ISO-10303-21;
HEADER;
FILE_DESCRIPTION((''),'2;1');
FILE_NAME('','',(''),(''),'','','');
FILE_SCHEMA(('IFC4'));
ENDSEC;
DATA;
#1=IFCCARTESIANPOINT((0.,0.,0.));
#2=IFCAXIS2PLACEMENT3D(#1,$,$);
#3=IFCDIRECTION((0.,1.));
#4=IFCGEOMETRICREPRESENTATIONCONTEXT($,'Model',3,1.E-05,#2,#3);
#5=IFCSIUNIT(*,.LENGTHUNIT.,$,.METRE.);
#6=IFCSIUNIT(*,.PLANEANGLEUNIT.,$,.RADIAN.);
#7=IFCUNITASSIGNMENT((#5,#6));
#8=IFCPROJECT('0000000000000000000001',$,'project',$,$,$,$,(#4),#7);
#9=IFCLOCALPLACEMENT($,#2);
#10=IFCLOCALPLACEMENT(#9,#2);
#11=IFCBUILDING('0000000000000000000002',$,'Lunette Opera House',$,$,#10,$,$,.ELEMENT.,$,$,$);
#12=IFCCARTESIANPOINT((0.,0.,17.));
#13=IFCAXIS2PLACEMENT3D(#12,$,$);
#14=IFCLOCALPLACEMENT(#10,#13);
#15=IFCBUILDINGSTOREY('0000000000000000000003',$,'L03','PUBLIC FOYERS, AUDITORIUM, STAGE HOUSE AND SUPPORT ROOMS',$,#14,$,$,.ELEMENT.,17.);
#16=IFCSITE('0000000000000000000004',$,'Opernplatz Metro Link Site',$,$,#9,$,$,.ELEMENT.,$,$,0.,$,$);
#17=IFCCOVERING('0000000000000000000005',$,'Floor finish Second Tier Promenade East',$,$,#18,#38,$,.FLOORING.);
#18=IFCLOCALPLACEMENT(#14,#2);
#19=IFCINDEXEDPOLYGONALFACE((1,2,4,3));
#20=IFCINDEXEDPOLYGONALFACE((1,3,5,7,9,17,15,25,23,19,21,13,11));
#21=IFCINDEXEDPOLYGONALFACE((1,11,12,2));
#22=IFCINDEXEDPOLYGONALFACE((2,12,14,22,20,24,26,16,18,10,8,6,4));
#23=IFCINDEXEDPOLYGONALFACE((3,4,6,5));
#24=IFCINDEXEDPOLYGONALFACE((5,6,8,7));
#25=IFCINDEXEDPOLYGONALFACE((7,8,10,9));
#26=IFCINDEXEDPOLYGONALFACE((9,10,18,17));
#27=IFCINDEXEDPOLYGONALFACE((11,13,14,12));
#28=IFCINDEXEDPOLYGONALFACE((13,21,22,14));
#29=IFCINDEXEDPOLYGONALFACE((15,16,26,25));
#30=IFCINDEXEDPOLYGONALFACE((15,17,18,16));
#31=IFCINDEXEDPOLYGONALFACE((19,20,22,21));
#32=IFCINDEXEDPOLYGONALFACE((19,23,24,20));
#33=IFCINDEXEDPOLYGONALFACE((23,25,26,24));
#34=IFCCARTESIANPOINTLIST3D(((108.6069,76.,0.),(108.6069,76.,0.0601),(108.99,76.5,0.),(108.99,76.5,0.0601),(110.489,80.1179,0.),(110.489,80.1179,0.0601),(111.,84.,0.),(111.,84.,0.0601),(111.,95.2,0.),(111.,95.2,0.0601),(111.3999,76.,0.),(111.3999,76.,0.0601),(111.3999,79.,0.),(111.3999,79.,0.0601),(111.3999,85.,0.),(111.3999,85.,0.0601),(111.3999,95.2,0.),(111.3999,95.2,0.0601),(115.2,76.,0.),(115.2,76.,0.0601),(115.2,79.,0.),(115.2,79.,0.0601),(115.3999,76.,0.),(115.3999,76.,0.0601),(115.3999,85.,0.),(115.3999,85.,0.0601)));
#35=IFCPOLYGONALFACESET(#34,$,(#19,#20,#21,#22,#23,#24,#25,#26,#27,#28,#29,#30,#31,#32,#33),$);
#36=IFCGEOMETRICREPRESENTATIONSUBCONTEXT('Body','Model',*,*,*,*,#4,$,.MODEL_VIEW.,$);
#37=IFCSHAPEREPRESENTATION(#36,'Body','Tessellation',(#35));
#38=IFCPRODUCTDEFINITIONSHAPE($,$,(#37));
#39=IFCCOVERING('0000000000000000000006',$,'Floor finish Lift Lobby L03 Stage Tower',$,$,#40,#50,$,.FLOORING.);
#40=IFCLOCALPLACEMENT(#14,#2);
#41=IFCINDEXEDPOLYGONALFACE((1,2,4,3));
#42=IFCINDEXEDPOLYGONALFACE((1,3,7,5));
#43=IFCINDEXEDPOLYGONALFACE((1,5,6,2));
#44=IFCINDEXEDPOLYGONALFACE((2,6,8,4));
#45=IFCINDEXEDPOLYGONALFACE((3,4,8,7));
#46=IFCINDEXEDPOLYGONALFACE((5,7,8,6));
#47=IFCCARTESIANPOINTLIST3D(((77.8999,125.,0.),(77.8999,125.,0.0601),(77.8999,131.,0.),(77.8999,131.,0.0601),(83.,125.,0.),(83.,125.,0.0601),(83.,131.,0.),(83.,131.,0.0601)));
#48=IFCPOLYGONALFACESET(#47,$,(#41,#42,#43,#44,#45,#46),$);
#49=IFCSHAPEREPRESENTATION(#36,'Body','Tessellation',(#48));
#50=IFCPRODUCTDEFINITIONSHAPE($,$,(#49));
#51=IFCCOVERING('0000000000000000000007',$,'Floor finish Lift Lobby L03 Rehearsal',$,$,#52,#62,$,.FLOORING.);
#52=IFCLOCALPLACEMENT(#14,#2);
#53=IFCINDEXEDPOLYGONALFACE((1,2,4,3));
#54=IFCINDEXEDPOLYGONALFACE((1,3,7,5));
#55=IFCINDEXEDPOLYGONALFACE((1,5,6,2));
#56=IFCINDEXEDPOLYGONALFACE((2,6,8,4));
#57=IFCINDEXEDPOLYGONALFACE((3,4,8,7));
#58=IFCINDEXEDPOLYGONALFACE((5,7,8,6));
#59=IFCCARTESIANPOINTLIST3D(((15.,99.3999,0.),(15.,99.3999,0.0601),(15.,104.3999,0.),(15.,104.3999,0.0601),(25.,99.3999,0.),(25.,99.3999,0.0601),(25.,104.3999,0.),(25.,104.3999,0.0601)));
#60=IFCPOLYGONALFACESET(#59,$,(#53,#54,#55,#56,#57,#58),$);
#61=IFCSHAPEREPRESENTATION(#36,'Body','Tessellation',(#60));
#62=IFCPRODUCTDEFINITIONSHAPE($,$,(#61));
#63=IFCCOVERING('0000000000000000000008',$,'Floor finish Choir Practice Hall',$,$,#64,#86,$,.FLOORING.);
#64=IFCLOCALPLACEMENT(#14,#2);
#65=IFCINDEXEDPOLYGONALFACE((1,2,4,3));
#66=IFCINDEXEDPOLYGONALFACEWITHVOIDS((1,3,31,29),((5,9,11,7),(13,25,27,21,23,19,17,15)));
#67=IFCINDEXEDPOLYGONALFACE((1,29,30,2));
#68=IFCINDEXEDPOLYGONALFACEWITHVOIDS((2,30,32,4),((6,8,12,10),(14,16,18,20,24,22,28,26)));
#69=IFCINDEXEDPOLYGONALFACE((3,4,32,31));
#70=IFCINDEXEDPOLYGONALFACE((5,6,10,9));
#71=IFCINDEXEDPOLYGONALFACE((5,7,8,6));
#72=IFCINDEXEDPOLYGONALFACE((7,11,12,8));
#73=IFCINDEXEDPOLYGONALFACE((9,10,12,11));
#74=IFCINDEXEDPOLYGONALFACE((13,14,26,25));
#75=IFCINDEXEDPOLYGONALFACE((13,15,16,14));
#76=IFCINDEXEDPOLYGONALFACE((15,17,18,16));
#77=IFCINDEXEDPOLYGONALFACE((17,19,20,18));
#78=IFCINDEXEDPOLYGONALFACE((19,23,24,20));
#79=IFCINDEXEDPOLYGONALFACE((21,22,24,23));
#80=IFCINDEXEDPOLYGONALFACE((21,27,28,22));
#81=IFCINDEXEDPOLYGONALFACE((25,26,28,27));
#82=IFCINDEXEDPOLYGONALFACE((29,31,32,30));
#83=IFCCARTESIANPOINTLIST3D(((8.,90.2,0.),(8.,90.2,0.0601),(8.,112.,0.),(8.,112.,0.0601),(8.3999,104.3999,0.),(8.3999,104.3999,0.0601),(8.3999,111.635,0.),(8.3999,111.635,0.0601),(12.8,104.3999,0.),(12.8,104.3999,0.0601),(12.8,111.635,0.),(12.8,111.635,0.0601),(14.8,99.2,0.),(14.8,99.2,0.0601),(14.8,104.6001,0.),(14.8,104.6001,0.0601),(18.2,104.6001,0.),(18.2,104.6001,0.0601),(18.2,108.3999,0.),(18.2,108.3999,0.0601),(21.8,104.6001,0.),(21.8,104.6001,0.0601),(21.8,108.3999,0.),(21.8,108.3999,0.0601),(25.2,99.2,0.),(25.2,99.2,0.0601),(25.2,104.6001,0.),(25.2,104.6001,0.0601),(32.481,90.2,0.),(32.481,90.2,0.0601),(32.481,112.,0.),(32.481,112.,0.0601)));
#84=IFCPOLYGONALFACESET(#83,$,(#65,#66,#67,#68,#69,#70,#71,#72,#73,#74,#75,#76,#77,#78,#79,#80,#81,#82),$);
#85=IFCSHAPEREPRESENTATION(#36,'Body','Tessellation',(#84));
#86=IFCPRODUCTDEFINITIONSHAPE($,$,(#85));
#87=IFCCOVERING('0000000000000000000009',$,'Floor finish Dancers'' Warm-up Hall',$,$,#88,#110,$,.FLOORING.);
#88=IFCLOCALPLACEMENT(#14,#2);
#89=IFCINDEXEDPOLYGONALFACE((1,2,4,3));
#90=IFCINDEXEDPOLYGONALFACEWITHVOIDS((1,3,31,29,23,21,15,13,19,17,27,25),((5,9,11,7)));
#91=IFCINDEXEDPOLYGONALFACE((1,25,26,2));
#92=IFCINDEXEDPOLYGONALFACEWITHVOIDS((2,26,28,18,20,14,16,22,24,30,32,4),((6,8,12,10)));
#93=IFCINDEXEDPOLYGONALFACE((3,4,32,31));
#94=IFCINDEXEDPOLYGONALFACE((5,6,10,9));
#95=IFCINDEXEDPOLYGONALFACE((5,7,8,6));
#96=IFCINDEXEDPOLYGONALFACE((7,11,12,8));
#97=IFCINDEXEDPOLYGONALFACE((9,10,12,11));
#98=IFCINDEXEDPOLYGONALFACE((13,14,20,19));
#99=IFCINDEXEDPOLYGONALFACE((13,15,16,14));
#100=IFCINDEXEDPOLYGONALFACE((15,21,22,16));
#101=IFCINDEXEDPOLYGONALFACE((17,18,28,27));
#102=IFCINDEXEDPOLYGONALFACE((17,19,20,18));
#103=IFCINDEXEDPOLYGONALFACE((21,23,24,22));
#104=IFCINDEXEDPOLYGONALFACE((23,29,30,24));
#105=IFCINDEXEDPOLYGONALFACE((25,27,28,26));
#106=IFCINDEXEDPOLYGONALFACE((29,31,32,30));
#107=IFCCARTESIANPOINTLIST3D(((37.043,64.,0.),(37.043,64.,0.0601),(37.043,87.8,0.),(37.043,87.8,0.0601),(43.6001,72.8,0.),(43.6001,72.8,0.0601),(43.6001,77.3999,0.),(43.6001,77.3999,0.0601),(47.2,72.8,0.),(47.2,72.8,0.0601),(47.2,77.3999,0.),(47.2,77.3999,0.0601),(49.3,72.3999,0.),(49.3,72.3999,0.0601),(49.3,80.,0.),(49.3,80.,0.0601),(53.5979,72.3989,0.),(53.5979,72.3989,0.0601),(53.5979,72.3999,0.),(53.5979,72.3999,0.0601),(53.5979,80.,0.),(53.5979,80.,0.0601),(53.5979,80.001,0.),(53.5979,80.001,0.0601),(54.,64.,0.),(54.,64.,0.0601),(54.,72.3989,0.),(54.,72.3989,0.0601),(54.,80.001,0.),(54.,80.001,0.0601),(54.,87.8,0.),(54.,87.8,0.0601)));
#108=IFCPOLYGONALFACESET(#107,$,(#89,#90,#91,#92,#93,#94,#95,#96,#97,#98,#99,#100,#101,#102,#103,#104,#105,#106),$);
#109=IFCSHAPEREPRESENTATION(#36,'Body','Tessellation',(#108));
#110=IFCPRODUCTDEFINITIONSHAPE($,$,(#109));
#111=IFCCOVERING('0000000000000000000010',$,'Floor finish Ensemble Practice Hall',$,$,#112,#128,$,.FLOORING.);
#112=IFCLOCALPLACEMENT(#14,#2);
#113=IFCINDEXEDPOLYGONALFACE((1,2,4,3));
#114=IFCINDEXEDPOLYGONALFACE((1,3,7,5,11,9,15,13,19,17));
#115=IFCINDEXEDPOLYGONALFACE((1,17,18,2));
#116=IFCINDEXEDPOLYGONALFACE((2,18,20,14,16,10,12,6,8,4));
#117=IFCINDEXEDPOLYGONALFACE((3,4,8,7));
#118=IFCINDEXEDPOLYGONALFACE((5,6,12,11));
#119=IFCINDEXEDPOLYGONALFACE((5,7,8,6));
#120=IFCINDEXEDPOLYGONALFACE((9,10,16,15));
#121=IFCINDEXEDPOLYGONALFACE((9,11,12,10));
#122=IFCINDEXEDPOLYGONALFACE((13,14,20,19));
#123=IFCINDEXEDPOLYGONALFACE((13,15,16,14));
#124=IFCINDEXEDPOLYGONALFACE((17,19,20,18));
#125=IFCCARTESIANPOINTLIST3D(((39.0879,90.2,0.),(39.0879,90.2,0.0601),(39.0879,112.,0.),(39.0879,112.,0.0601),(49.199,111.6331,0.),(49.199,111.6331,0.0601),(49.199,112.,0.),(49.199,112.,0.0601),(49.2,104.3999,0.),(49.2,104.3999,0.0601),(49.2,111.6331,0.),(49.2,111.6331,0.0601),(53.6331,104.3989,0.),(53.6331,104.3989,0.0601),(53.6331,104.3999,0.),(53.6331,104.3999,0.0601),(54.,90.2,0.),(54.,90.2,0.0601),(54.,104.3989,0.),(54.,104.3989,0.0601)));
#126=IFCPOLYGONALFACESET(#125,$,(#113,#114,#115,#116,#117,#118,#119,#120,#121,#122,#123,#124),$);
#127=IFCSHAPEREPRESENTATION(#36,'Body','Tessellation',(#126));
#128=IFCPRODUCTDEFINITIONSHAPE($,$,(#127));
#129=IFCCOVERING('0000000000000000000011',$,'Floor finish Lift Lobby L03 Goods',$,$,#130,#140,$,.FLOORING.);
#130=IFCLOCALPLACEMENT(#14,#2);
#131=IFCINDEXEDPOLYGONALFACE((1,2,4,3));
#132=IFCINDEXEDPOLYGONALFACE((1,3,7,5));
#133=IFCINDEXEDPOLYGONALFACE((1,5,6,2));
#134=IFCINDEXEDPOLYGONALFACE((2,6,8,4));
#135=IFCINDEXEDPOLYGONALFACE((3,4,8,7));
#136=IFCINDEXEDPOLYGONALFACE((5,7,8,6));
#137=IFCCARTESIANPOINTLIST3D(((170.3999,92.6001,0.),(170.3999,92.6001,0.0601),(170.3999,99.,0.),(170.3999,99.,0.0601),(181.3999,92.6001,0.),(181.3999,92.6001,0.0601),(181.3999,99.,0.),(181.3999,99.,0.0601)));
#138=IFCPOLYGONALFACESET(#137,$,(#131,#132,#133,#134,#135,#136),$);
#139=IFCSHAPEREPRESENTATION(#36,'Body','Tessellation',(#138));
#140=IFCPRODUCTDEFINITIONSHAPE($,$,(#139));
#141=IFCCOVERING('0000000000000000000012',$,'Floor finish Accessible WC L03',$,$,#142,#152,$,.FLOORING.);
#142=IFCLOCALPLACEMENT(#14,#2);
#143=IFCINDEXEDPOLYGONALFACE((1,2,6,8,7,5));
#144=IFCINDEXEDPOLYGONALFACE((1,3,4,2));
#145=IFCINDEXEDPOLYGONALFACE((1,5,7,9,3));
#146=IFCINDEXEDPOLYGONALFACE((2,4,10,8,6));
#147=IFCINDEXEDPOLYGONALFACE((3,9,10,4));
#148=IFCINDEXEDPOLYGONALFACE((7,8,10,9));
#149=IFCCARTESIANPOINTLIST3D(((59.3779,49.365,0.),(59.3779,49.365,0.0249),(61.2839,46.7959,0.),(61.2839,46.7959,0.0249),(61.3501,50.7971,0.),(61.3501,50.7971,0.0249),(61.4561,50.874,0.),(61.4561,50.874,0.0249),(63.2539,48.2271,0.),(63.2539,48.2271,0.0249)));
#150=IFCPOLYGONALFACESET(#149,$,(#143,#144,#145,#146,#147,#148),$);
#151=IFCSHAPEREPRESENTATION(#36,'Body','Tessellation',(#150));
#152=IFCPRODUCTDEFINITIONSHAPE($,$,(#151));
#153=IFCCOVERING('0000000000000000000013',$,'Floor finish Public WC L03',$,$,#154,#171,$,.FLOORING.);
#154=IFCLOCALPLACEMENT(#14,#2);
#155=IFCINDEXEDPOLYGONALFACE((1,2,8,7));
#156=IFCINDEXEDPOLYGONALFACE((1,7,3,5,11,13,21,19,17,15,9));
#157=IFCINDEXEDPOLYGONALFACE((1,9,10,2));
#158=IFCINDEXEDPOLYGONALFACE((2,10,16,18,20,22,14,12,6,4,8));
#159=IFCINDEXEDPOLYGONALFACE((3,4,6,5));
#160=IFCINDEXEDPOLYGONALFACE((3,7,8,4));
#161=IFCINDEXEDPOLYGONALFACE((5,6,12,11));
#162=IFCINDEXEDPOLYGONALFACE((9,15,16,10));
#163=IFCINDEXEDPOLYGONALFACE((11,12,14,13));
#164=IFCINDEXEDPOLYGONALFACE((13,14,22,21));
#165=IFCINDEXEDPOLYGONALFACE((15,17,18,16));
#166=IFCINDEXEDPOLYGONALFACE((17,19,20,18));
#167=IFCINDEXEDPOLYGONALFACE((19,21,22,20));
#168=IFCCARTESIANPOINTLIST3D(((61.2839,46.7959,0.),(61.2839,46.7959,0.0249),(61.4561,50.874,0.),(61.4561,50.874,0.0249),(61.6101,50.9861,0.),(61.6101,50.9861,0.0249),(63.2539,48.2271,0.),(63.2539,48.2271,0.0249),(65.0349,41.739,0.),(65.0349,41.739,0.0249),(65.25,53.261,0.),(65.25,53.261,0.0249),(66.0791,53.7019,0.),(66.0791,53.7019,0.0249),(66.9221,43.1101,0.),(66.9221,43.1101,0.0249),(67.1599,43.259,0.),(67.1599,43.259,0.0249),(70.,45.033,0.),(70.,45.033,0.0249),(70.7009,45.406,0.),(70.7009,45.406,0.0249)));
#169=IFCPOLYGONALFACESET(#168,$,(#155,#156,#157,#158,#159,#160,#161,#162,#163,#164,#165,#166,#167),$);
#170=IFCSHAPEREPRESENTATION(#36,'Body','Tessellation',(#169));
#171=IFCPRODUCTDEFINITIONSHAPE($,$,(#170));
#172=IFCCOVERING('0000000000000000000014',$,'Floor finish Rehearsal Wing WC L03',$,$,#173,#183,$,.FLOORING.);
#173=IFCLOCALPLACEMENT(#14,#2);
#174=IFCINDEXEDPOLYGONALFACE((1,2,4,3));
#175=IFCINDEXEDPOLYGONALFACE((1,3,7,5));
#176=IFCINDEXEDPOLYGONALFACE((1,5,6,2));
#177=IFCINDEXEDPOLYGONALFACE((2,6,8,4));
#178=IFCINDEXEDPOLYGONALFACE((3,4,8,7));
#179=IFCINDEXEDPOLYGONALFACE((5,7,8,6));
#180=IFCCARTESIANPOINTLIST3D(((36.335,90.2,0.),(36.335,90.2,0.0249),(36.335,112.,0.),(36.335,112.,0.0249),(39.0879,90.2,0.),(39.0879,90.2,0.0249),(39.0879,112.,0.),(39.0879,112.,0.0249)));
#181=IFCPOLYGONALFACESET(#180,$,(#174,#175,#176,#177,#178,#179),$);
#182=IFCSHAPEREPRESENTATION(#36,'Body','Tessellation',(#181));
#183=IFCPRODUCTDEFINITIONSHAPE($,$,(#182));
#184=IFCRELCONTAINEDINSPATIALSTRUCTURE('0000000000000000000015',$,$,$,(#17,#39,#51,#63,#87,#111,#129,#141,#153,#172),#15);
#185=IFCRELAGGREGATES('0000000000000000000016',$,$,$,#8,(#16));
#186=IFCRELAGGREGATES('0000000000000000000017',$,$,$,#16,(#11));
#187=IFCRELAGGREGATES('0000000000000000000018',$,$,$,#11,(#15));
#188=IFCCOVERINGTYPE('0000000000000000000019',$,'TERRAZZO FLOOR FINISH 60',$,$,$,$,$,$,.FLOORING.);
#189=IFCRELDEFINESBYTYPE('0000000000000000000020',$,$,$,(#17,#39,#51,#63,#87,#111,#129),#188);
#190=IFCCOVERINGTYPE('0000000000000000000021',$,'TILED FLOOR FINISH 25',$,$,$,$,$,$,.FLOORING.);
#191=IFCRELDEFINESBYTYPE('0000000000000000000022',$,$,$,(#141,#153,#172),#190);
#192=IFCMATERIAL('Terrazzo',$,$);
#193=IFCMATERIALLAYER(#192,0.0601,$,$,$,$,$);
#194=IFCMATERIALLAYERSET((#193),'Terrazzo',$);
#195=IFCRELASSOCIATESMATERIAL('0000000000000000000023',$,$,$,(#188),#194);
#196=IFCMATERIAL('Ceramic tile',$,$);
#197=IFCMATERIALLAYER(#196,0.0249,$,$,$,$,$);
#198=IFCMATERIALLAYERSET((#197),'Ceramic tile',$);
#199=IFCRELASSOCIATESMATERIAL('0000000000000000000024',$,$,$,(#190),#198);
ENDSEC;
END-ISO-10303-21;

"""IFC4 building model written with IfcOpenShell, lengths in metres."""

from ifc_helpers import new_model, si_unit, direction, frame, origin, place, context, subcontext, project, spatial, polyline, outline, extrude, material, layer, layer_set, type_object, element, save


model = new_model("IFC4")

# Units and contexts
model_context = context("Model", 3, precision=1e-05, world=origin(), true_north=direction((0.0, 1.0)))
body_context = subcontext(model_context, "Body", "Model", "MODEL_VIEW")
ifc_project = project(units=[si_unit("LENGTHUNIT", "METRE"), si_unit("PLANEANGLEUNIT", "RADIAN")], contexts=[model_context])

# Site, building, storey
site_placement = place(None, origin())
site = spatial("IfcSite", under=ifc_project, at=site_placement, Name="Opernplatz Metro Link Site", CompositionType="ELEMENT", RefElevation=0.0)
building_placement = place(site_placement, origin())
building = spatial("IfcBuilding", under=site, at=building_placement, Name="Lunette Opera House", CompositionType="ELEMENT")
storey_placement = place(building_placement, frame((0.0, 0.0, 17.0)))
storey = spatial("IfcBuildingStorey", under=building, at=storey_placement, Name="L03", Description="PUBLIC FOYERS, AUDITORIUM, STAGE HOUSE AND SUPPORT ROOMS", CompositionType="ELEMENT", Elevation=17.0)

# Coverings
ifc_material_1 = material(Name="Terrazzo")
ifc_layer_1 = layer(ifc_material_1, 0.0601)
ifc_layer_set_1 = layer_set([ifc_layer_1], Name="Terrazzo")
covering_type_1 = type_object("IfcCoveringType", Name="TERRAZZO FLOOR FINISH 60", PredefinedType="FLOORING", material=ifc_layer_set_1)
covering_1_placement = place(storey_placement, origin())
element("IfcCovering", 1, at=covering_1_placement, inside=storey, type_object=covering_type_1, Name="Floor finish Second Tier Promenade East", PredefinedType="FLOORING", context=body_context, shape_type="SweptSolid", body=[
    extrude(outline(polyline([(110.489, 80.1179), (111.0, 84.0), (111.0, 95.2), (111.3999, 95.2), (111.3999, 85.0), (115.3999, 85.0), (115.3999, 76.0), (115.2, 76.0), (115.2, 79.0), (111.3999, 79.0), (111.3999, 76.0), (108.6069, 76.0), (108.99, 76.5), (110.489, 80.1179)])), origin(), (0.0, 0.0, 1.0), 0.0601),
])
covering_2_placement = place(storey_placement, origin())
element("IfcCovering", 2, at=covering_2_placement, inside=storey, type_object=covering_type_1, Name="Floor finish Lift Lobby L03 Stage Tower", PredefinedType="FLOORING", context=body_context, shape_type="SweptSolid", body=[
    extrude(outline(polyline([(83.0, 125.0), (83.0, 131.0), (77.8999, 131.0), (77.8999, 125.0), (83.0, 125.0)])), origin(), (0.0, 0.0, 1.0), 0.0601),
])
covering_3_placement = place(storey_placement, origin())
element("IfcCovering", 3, at=covering_3_placement, inside=storey, type_object=covering_type_1, Name="Floor finish Lift Lobby L03 Rehearsal", PredefinedType="FLOORING", context=body_context, shape_type="SweptSolid", body=[
    extrude(outline(polyline([(25.0, 99.3999), (25.0, 104.3999), (15.0, 104.3999), (15.0, 99.3999), (25.0, 99.3999)])), origin(), (0.0, 0.0, 1.0), 0.0601),
])
covering_4_placement = place(storey_placement, origin())
element("IfcCovering", 4, at=covering_4_placement, inside=storey, type_object=covering_type_1, Name="Floor finish Choir Practice Hall", PredefinedType="FLOORING", context=body_context, shape_type="SweptSolid", body=[
    extrude(outline(polyline([(8.0, 112.0), (32.481, 112.0), (32.481, 90.2), (8.0, 90.2), (8.0, 112.0)]), holes=[polyline([(14.8, 104.6001), (14.8, 99.2), (25.2, 99.2), (25.2, 104.6001), (21.8, 104.6001), (21.8, 108.3999), (18.2, 108.3999), (18.2, 104.6001), (14.8, 104.6001)]), polyline([(8.3999, 111.635), (8.3999, 104.3999), (12.8, 104.3999), (12.8, 111.635), (8.3999, 111.635)])]), origin(), (0.0, 0.0, 1.0), 0.0601),
])
covering_5_placement = place(storey_placement, origin())
element("IfcCovering", 5, at=covering_5_placement, inside=storey, type_object=covering_type_1, Name="Floor finish Dancers' Warm-up Hall", PredefinedType="FLOORING", context=body_context, shape_type="SweptSolid", body=[
    extrude(outline(polyline([(54.0, 80.001), (53.5979, 80.001), (53.5979, 80.0), (49.3, 80.0), (49.3, 72.3999), (53.5979, 72.3999), (53.5979, 72.3989), (54.0, 72.3989), (54.0, 64.0), (37.043, 64.0), (37.043, 87.8), (54.0, 87.8), (54.0, 80.001)]), holes=[polyline([(43.6001, 77.3999), (43.6001, 72.8), (47.2, 72.8), (47.2, 77.3999), (43.6001, 77.3999)])]), origin(), (0.0, 0.0, 1.0), 0.0601),
])
covering_6_placement = place(storey_placement, origin())
element("IfcCovering", 6, at=covering_6_placement, inside=storey, type_object=covering_type_1, Name="Floor finish Ensemble Practice Hall", PredefinedType="FLOORING", context=body_context, shape_type="SweptSolid", body=[
    extrude(outline(polyline([(49.199, 111.6331), (49.2, 111.6331), (49.2, 104.3999), (53.6331, 104.3999), (53.6331, 104.3989), (54.0, 104.3989), (54.0, 90.2), (39.0879, 90.2), (39.0879, 112.0), (49.199, 112.0), (49.199, 111.6331)])), origin(), (0.0, 0.0, 1.0), 0.0601),
])
covering_7_placement = place(storey_placement, origin())
element("IfcCovering", 7, at=covering_7_placement, inside=storey, type_object=covering_type_1, Name="Floor finish Lift Lobby L03 Goods", PredefinedType="FLOORING", context=body_context, shape_type="SweptSolid", body=[
    extrude(outline(polyline([(181.3999, 92.6001), (181.3999, 99.0), (170.3999, 99.0), (170.3999, 92.6001), (181.3999, 92.6001)])), origin(), (0.0, 0.0, 1.0), 0.0601),
])
ifc_material_2 = material(Name="Ceramic tile")
ifc_layer_2 = layer(ifc_material_2, 0.0249)
ifc_layer_set_2 = layer_set([ifc_layer_2], Name="Ceramic tile")
covering_type_2 = type_object("IfcCoveringType", Name="TILED FLOOR FINISH 25", PredefinedType="FLOORING", material=ifc_layer_set_2)
covering_8_placement = place(storey_placement, origin())
element("IfcCovering", 8, at=covering_8_placement, inside=storey, type_object=covering_type_2, Name="Floor finish Accessible WC L03", PredefinedType="FLOORING", context=body_context, shape_type="SweptSolid", body=[
    extrude(outline(polyline([(61.3501, 50.7971), (61.4561, 50.874), (63.2539, 48.2271), (61.2839, 46.7959), (59.3779, 49.365), (61.3501, 50.7971)])), origin(), (0.0, 0.0, 1.0), 0.0249),
])
covering_9_placement = place(storey_placement, origin())
element("IfcCovering", 9, at=covering_9_placement, inside=storey, type_object=covering_type_2, Name="Floor finish Public WC L03", PredefinedType="FLOORING", context=body_context, shape_type="SweptSolid", body=[
    extrude(outline(polyline([(66.9221, 43.1101), (65.0349, 41.739), (61.2839, 46.7959), (63.2539, 48.2271), (61.4561, 50.874), (61.6101, 50.9861), (65.25, 53.261), (66.0791, 53.7019), (70.7009, 45.406), (70.0, 45.033), (67.1599, 43.259), (66.9221, 43.1101)])), origin(), (0.0, 0.0, 1.0), 0.0249),
])
covering_10_placement = place(storey_placement, origin())
element("IfcCovering", 10, at=covering_10_placement, inside=storey, type_object=covering_type_2, Name="Floor finish Rehearsal Wing WC L03", PredefinedType="FLOORING", context=body_context, shape_type="SweptSolid", body=[
    extrude(outline(polyline([(36.335, 90.2), (36.335, 112.0), (39.0879, 112.0), (39.0879, 90.2), (36.335, 90.2)])), origin(), (0.0, 0.0, 1.0), 0.0249),
])

save(model, "model.ifc")
